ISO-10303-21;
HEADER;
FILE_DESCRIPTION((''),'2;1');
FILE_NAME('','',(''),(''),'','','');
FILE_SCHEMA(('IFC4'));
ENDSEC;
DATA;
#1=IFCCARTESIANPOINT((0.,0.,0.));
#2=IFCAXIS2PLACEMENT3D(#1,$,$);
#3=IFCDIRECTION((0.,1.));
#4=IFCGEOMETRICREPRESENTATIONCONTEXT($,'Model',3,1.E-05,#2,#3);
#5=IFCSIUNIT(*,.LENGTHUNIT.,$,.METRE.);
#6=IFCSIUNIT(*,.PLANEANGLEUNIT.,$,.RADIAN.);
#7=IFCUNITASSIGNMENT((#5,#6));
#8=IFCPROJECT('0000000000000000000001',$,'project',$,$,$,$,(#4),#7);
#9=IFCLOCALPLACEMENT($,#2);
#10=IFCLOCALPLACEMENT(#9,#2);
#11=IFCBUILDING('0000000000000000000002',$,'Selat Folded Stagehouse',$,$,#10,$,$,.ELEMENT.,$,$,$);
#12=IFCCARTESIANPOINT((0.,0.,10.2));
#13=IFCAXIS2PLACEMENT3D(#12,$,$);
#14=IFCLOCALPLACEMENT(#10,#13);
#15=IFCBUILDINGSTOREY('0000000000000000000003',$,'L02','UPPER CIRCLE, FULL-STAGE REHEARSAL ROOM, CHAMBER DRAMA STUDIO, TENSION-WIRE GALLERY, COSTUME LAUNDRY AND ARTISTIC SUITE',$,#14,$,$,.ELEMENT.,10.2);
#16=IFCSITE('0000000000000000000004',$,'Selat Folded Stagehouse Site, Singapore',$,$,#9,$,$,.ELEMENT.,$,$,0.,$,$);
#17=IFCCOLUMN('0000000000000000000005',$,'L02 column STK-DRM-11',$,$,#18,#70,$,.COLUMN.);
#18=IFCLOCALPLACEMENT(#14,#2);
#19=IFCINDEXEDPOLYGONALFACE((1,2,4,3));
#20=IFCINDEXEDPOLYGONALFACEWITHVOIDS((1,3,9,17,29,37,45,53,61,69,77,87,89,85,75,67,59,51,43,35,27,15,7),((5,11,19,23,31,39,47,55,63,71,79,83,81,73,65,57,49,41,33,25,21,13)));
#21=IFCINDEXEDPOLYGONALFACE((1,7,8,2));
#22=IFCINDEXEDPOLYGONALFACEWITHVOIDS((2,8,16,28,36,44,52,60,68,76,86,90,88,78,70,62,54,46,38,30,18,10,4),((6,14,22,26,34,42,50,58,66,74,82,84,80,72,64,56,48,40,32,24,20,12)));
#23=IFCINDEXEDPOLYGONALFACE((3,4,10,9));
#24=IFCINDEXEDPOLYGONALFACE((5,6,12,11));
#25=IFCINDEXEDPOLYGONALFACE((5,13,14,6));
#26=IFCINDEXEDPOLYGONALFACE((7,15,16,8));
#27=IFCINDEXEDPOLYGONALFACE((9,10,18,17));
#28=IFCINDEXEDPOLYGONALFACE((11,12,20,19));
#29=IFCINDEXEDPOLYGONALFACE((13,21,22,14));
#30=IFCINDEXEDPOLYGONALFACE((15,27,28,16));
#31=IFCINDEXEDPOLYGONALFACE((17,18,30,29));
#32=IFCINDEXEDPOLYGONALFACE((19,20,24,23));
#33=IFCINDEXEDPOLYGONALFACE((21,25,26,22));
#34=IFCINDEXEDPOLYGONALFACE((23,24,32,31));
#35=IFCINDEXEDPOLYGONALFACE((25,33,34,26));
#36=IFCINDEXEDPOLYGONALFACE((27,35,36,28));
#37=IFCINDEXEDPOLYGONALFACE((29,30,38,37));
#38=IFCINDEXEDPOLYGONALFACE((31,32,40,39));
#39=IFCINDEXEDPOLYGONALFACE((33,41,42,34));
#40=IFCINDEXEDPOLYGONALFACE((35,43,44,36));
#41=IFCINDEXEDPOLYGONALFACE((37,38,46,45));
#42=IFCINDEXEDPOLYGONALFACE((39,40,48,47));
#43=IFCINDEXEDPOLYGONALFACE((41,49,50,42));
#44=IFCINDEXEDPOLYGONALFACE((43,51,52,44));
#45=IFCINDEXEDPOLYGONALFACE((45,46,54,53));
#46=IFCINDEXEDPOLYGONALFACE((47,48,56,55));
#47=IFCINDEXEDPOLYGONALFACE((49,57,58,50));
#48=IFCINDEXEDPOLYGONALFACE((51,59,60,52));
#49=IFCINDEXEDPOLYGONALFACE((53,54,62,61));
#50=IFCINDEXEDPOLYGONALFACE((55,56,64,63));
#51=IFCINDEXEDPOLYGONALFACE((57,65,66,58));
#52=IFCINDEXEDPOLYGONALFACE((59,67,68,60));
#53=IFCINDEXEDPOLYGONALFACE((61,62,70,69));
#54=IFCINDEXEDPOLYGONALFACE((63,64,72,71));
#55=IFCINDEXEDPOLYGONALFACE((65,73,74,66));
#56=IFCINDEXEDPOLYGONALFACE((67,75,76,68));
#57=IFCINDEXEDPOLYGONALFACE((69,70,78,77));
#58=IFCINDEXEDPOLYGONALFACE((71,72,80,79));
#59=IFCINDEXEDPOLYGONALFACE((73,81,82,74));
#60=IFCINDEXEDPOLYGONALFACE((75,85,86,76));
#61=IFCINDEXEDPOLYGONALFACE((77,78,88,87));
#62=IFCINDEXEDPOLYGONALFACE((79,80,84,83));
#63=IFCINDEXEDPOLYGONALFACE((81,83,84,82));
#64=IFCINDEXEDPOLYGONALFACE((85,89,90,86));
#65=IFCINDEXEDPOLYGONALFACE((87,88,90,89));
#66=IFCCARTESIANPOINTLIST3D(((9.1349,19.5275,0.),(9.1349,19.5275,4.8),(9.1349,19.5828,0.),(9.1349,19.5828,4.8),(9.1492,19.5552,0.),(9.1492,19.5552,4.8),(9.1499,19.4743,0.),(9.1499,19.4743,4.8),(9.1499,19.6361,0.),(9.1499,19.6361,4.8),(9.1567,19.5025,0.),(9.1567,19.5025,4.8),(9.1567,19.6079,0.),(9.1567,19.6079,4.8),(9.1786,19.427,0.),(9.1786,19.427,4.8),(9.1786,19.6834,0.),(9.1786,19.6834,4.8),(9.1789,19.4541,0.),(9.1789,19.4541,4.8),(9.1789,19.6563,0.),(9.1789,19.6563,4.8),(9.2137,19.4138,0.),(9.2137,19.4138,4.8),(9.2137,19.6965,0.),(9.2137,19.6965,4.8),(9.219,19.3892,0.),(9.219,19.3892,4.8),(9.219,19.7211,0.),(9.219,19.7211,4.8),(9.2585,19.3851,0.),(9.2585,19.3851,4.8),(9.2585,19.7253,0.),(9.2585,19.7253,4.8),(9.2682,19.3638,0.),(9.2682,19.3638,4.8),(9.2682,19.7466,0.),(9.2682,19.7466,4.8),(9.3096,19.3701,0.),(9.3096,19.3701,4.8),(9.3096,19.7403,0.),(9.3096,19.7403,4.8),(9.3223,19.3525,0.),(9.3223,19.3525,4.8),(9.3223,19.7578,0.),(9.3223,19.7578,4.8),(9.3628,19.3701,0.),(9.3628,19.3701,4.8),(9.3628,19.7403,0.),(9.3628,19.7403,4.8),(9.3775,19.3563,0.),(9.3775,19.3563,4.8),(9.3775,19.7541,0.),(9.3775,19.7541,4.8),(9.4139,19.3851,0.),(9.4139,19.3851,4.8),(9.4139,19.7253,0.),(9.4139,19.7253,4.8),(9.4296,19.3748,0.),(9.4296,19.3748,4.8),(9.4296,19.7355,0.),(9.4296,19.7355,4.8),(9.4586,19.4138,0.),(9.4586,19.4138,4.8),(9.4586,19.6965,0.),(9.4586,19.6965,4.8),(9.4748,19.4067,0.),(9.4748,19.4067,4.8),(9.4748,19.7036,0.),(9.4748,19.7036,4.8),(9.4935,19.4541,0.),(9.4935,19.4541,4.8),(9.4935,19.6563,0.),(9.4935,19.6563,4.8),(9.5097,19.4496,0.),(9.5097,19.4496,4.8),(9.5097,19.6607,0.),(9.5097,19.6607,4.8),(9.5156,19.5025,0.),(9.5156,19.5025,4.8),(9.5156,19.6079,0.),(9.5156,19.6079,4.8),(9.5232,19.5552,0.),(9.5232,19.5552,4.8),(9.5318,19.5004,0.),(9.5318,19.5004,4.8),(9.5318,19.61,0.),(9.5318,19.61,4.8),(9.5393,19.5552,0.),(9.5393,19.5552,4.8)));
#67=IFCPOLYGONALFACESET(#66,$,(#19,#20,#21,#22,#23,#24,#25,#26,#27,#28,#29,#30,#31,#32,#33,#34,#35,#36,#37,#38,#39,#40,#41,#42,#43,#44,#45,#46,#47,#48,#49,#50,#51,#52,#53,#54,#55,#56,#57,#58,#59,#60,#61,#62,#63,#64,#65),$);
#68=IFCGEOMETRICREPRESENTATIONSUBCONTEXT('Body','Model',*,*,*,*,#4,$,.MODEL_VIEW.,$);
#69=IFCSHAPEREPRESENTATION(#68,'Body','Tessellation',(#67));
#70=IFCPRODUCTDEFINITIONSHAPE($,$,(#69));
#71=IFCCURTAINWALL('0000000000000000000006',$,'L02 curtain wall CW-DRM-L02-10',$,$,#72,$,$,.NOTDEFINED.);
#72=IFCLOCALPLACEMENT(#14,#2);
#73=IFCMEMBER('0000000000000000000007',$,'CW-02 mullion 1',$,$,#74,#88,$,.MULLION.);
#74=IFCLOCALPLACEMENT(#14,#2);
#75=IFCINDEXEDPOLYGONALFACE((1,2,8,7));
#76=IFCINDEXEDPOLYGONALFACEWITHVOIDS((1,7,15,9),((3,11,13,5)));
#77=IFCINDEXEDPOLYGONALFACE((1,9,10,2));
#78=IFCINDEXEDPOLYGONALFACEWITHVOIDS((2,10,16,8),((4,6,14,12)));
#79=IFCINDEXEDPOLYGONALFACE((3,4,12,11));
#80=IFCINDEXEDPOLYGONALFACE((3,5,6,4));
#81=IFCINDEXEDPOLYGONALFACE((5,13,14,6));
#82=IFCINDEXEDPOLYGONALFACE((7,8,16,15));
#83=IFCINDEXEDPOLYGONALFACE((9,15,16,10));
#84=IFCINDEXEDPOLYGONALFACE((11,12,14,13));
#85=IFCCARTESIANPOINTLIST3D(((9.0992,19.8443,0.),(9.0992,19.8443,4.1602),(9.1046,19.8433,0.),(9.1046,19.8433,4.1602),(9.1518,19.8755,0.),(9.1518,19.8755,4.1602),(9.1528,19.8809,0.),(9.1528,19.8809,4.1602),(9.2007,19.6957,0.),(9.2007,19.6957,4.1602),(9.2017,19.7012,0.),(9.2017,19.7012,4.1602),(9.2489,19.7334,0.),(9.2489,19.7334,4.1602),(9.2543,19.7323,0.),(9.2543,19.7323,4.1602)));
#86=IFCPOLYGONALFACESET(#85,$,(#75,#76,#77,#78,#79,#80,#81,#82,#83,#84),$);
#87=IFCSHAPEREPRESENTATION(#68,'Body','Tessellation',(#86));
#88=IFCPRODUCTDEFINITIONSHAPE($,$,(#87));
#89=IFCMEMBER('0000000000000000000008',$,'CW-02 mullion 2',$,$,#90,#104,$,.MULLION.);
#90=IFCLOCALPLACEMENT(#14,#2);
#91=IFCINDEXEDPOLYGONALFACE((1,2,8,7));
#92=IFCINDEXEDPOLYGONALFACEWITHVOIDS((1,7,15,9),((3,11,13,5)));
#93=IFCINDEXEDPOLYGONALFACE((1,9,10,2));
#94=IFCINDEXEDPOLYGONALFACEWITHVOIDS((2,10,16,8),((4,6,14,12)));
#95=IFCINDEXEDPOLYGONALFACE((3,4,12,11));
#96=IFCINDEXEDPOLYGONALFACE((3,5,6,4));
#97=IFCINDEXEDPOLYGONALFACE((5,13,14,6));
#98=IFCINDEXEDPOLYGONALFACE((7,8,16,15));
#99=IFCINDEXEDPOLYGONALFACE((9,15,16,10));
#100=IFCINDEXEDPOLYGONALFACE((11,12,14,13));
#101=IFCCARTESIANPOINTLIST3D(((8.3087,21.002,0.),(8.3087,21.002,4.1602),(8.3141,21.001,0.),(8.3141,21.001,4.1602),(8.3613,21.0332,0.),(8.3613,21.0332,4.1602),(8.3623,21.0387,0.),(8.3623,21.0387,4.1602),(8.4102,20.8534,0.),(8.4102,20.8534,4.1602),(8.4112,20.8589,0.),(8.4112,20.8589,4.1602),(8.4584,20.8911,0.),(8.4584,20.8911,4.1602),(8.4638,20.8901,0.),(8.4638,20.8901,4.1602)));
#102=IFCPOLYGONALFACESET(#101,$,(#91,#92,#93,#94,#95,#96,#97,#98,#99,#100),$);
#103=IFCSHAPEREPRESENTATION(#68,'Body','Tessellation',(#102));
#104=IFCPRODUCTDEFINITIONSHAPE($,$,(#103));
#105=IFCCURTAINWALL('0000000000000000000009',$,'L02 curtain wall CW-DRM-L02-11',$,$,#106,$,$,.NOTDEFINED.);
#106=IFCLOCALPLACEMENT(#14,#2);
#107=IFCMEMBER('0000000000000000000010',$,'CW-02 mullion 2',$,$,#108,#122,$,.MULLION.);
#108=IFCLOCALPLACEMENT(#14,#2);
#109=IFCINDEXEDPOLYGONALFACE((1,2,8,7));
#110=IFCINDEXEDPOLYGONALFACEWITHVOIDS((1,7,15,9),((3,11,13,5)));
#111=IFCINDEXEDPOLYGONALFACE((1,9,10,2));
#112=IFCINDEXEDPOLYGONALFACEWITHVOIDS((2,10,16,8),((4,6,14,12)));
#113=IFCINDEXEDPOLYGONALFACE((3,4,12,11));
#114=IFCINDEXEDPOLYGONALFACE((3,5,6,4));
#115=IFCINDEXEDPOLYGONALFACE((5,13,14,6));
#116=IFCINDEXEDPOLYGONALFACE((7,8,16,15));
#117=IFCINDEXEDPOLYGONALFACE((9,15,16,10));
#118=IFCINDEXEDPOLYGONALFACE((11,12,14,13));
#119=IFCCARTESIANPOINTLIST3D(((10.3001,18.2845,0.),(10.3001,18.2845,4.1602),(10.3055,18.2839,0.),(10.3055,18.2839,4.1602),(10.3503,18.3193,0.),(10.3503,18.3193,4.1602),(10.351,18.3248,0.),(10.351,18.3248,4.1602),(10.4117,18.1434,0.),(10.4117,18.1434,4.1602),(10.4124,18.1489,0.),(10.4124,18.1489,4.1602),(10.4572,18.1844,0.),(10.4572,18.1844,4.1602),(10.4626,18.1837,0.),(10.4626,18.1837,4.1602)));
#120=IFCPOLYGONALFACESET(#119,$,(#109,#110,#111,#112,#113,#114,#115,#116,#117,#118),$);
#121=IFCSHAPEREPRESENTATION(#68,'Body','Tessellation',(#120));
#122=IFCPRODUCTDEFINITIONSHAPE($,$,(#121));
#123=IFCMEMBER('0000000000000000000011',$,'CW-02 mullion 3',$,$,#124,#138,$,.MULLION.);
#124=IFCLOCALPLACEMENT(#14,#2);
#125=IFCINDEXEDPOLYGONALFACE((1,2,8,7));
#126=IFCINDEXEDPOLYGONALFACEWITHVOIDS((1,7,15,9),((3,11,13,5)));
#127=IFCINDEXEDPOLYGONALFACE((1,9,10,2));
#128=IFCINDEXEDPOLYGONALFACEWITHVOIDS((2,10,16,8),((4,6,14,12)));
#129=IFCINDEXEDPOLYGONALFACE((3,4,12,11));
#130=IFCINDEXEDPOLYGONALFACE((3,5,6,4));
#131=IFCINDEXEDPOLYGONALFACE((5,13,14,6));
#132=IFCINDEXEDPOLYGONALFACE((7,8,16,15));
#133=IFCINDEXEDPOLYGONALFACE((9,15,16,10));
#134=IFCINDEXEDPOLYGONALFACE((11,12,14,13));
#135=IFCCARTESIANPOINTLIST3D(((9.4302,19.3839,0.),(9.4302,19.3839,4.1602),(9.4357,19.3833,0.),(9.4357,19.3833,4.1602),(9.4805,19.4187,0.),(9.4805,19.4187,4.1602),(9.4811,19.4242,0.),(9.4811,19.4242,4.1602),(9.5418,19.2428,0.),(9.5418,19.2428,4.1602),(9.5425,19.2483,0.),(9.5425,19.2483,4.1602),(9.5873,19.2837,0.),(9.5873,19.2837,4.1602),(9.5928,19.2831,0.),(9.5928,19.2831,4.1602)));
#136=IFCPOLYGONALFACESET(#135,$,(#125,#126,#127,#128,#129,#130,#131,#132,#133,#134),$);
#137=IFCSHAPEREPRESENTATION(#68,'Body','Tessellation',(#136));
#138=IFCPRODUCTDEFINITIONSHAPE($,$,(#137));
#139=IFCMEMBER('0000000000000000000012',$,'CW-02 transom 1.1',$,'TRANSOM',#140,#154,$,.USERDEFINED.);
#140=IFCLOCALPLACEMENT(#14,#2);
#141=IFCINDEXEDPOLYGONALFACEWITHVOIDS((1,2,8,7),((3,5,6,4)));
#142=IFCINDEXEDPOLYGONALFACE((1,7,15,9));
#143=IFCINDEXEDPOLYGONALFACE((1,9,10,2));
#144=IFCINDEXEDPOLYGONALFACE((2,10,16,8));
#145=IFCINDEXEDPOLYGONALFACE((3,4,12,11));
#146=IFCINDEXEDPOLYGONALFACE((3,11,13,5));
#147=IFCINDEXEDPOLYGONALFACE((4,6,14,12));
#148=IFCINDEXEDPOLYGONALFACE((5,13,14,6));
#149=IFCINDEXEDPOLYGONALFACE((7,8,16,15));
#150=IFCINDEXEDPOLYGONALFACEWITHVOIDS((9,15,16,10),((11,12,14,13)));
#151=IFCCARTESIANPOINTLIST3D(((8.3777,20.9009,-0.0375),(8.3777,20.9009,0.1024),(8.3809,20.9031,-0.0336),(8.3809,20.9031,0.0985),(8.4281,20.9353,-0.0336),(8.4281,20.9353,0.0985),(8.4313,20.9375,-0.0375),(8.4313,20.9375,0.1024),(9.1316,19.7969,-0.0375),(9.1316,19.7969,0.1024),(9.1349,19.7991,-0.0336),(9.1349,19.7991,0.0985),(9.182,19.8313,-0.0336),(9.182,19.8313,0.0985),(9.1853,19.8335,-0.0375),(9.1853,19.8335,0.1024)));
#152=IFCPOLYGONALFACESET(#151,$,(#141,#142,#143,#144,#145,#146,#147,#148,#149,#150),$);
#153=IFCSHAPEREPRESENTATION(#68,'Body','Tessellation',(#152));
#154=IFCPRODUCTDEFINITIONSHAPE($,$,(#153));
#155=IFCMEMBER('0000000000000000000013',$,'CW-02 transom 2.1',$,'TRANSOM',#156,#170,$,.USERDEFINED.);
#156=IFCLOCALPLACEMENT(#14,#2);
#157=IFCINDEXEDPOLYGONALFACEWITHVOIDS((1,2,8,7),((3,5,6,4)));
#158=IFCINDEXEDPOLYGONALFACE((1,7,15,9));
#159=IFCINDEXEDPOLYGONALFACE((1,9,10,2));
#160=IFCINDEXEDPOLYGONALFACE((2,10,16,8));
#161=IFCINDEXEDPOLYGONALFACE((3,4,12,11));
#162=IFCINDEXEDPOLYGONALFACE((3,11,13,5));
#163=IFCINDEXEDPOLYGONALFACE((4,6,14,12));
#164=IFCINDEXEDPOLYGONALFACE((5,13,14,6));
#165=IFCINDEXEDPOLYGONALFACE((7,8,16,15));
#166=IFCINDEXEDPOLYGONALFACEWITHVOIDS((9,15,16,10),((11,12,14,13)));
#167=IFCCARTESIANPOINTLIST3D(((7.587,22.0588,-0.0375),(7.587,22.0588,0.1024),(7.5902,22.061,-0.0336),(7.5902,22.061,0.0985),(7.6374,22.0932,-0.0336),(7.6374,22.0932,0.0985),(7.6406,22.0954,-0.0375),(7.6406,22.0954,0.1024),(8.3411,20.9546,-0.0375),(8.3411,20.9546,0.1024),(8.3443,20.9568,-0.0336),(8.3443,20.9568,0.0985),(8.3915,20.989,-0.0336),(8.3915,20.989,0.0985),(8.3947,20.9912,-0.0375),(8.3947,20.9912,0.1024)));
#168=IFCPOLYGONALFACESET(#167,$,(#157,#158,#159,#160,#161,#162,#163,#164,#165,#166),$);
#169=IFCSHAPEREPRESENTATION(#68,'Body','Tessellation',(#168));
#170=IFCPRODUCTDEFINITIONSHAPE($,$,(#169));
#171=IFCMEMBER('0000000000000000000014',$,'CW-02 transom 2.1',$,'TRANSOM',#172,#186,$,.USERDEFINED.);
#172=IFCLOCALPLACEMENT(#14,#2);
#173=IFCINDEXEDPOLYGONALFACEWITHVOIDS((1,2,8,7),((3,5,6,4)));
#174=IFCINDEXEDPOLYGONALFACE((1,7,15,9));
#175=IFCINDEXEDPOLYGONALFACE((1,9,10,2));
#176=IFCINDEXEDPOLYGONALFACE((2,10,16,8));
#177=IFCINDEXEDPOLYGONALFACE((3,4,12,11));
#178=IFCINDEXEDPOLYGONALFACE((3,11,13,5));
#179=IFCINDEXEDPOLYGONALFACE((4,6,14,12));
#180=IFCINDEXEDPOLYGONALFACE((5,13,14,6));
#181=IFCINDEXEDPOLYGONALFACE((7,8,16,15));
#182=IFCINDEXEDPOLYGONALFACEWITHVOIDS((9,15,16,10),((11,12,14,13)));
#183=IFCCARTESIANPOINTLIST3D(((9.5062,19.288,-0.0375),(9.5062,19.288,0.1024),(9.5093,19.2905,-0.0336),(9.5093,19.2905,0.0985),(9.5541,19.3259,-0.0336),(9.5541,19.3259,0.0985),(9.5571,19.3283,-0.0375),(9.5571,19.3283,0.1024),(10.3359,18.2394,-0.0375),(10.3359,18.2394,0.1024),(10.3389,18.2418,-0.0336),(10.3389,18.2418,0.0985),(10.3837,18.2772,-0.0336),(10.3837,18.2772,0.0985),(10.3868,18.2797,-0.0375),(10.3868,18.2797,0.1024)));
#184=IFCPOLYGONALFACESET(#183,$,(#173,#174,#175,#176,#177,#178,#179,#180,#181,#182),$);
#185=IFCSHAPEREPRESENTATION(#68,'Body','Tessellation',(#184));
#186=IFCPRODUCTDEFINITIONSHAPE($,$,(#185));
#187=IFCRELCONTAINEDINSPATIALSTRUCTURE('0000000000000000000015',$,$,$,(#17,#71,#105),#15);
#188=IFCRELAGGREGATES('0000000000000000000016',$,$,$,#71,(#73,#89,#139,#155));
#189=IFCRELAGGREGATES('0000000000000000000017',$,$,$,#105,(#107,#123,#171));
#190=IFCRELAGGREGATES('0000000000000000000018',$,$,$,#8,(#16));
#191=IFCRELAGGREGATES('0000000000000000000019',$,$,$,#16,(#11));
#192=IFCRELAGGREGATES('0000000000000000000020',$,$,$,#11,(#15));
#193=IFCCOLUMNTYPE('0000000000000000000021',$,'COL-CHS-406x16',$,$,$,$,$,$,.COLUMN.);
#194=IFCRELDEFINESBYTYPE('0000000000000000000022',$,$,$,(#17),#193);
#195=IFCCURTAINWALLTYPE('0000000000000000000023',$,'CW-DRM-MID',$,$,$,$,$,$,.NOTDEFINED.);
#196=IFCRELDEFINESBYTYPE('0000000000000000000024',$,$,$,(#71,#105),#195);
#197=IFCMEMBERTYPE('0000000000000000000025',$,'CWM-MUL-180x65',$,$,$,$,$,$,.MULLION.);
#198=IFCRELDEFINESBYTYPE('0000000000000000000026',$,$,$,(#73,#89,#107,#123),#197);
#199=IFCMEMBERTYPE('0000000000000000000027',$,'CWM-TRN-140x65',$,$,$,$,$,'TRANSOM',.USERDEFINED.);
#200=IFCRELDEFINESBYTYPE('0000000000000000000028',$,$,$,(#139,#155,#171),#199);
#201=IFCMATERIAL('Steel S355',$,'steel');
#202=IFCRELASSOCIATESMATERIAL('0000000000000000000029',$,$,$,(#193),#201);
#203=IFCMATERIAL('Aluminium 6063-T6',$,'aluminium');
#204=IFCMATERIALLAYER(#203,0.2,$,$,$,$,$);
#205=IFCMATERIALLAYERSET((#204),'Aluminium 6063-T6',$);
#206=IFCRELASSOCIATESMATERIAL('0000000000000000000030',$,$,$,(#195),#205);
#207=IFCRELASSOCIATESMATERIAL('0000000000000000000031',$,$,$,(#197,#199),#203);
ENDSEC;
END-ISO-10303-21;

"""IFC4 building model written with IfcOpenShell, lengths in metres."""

from ifc_helpers import new_model, si_unit, direction, frame, origin, origin_2d, place, context, subcontext, project, spatial, hollow_rectangle, hollow_circle, extrude, material, layer, layer_set, material_profile, profile_set, type_object, element, aggregate, save


model = new_model("IFC4")

# Units and contexts
model_context = context("Model", 3, precision=1e-05, world=origin(), true_north=direction((0.0, 1.0)))
body_context = subcontext(model_context, "Body", "Model", "MODEL_VIEW")
ifc_project = project(units=[si_unit("LENGTHUNIT", "METRE"), si_unit("PLANEANGLEUNIT", "RADIAN")], contexts=[model_context])

# Site, building, storey
site_placement = place(None, origin())
site = spatial("IfcSite", under=ifc_project, at=site_placement, Name="Selat Folded Stagehouse Site, Singapore", CompositionType="ELEMENT", RefElevation=0.0)
building_placement = place(site_placement, origin())
building = spatial("IfcBuilding", under=site, at=building_placement, Name="Selat Folded Stagehouse", CompositionType="ELEMENT")
storey_placement = place(building_placement, frame((0.0, 0.0, 10.2)))
storey = spatial("IfcBuildingStorey", under=building, at=storey_placement, Name="L02", Description="UPPER CIRCLE, FULL-STAGE REHEARSAL ROOM, CHAMBER DRAMA STUDIO, TENSION-WIRE GALLERY, COSTUME LAUNDRY AND ARTISTIC SUITE", CompositionType="ELEMENT", Elevation=10.2)

# Column
ifc_material_1 = material(Name="Steel S355", Category="steel")
ifc_material_profile_1 = material_profile(ifc_material_1, hollow_circle(Radius=0.2031, WallThickness=0.0161, at=origin_2d()), Name="CHS 406.4x16.0")
ifc_profile_set_1 = profile_set([ifc_material_profile_1], Name="Steel S355")
column_type = type_object("IfcColumnType", Name="COL-CHS-406x16", PredefinedType="COLUMN", material=ifc_profile_set_1)
column_placement = place(storey_placement, frame((9.3362, 19.5552, 0.0), z_axis=(0.0, 0.0, 1.0), x_axis=(1.0, 0.0, 0.0)))
element("IfcColumn", 1, at=column_placement, inside=storey, type_object=column_type, Name="L02 column STK-DRM-11", PredefinedType="COLUMN", context=body_context, shape_type="SweptSolid", body=[
    extrude(hollow_circle(Radius=0.2031, WallThickness=0.0161, at=origin_2d()), origin(), (0.0, 0.0, 1.0), 4.8),
])

# Curtain walls, members
ifc_material_2 = material(Name="Aluminium 6063-T6", Category="aluminium")
ifc_layer_1 = layer(ifc_material_2, 0.2)
ifc_layer_set_1 = layer_set([ifc_layer_1], Name="Aluminium 6063-T6")
curtain_wall_type = type_object("IfcCurtainWallType", Name="CW-DRM-MID", PredefinedType="NOTDEFINED", material=ifc_layer_set_1)
curtain_wall_1_placement = place(storey_placement, origin())
curtain_wall_1 = element("IfcCurtainWall", 2, at=curtain_wall_1_placement, inside=storey, type_object=curtain_wall_type, Name="L02 curtain wall CW-DRM-L02-10", PredefinedType="NOTDEFINED")
ifc_material_profile_2 = material_profile(ifc_material_2, hollow_rectangle(XDim=0.0649, YDim=0.1799, WallThickness=0.0039, at=origin_2d()), Name="ALU 180x65x4.0")
ifc_profile_set_2 = profile_set([ifc_material_profile_2], Name="Aluminium 6063-T6")
member_type_1 = type_object("IfcMemberType", Name="CWM-MUL-180x65", PredefinedType="MULLION", material=ifc_profile_set_2)
member_1_placement = place(storey_placement, frame((9.1768, 19.7883, 0.0), z_axis=(0.0, 0.0, 1.0), x_axis=(-0.82581, -0.563948, 0.0)))
member_1 = element("IfcMember", 3, at=member_1_placement, type_object=member_type_1, Name="CW-02 mullion 1", PredefinedType="MULLION", context=body_context, shape_type="SweptSolid", body=[
    extrude(hollow_rectangle(XDim=0.0649, YDim=0.1799, WallThickness=0.0039, at=origin_2d()), origin(), (0.0, 0.0, 1.0), 4.1602),
])
member_2_placement = place(storey_placement, frame((8.3862, 20.946, 0.0), z_axis=(0.0, 0.0, 1.0), x_axis=(-0.82581, -0.563948, 0.0)))
member_2 = element("IfcMember", 4, at=member_2_placement, type_object=member_type_1, Name="CW-02 mullion 2", PredefinedType="MULLION", context=body_context, shape_type="SweptSolid", body=[
    extrude(hollow_rectangle(XDim=0.0649, YDim=0.1799, WallThickness=0.0039, at=origin_2d()), origin(), (0.0, 0.0, 1.0), 4.1602),
])
curtain_wall_2_placement = place(storey_placement, origin())
curtain_wall_2 = element("IfcCurtainWall", 5, at=curtain_wall_2_placement, inside=storey, type_object=curtain_wall_type, Name="L02 curtain wall CW-DRM-L02-11", PredefinedType="NOTDEFINED")
member_3_placement = place(storey_placement, frame((10.3813, 18.2341, 0.0), z_axis=(0.0, 0.0, 1.0), x_axis=(-0.78418, -0.620533, 0.0)))
member_3 = element("IfcMember", 6, at=member_3_placement, type_object=member_type_1, Name="CW-02 mullion 2", PredefinedType="MULLION", context=body_context, shape_type="SweptSolid", body=[
    extrude(hollow_rectangle(XDim=0.0649, YDim=0.1799, WallThickness=0.0039, at=origin_2d()), origin(), (0.0, 0.0, 1.0), 4.1602),
])
member_4_placement = place(storey_placement, frame((9.5115, 19.3335, 0.0), z_axis=(0.0, 0.0, 1.0), x_axis=(-0.78418, -0.620533, 0.0)))
member_4 = element("IfcMember", 7, at=member_4_placement, type_object=member_type_1, Name="CW-02 mullion 3", PredefinedType="MULLION", context=body_context, shape_type="SweptSolid", body=[
    extrude(hollow_rectangle(XDim=0.0649, YDim=0.1799, WallThickness=0.0039, at=origin_2d()), origin(), (0.0, 0.0, 1.0), 4.1602),
])

# Members
ifc_material_profile_3 = material_profile(ifc_material_2, hollow_rectangle(XDim=0.0649, YDim=0.1399, WallThickness=0.0039, at=origin_2d()), Name="ALU 140x65x4.0")
ifc_profile_set_3 = profile_set([ifc_material_profile_3], Name="Aluminium 6063-T6")
member_type_2 = type_object("IfcMemberType", Name="CWM-TRN-140x65", ElementType="TRANSOM", PredefinedType="USERDEFINED", material=ifc_profile_set_3)
member_5_placement = place(storey_placement, frame((9.1584, 19.8152, 0.0325), z_axis=(-0.563937, 0.825818, 0.0), x_axis=(-0.825818, -0.563937, 0.0)))
member_5 = element("IfcMember", 8, at=member_5_placement, type_object=member_type_2, Name="CW-02 transom 1.1", ObjectType="TRANSOM", PredefinedType="USERDEFINED", context=body_context, shape_type="SweptSolid", body=[
    extrude(hollow_rectangle(XDim=0.0649, YDim=0.1399, WallThickness=0.0039, at=origin_2d()), origin(), (0.0, 0.0, 1.0), 1.3369),
])
member_6_placement = place(storey_placement, frame((8.3679, 20.9729, 0.0325), z_axis=(-0.563977, 0.825791, 0.0), x_axis=(-0.825791, -0.563977, 0.0)))
member_6 = element("IfcMember", 9, at=member_6_placement, type_object=member_type_2, Name="CW-02 transom 2.1", ObjectType="TRANSOM", PredefinedType="USERDEFINED", context=body_context, shape_type="SweptSolid", body=[
    extrude(hollow_rectangle(XDim=0.0649, YDim=0.1399, WallThickness=0.0039, at=origin_2d()), origin(), (0.0, 0.0, 1.0), 1.3372),
])
aggregate(curtain_wall_1, [member_1, member_2, member_5, member_6])
member_7_placement = place(storey_placement, frame((10.3613, 18.2595, 0.0325), z_axis=(-0.620455, 0.784242, 0.0), x_axis=(-0.784242, -0.620455, 0.0)))
member_7 = element("IfcMember", 10, at=member_7_placement, type_object=member_type_2, Name="CW-02 transom 2.1", ObjectType="TRANSOM", PredefinedType="USERDEFINED", context=body_context, shape_type="SweptSolid", body=[
    extrude(hollow_rectangle(XDim=0.0649, YDim=0.1399, WallThickness=0.0039, at=origin_2d()), origin(), (0.0, 0.0, 1.0), 1.3372),
])

aggregate(curtain_wall_2, [member_3, member_4, member_7])

save(model, "model.ifc")
